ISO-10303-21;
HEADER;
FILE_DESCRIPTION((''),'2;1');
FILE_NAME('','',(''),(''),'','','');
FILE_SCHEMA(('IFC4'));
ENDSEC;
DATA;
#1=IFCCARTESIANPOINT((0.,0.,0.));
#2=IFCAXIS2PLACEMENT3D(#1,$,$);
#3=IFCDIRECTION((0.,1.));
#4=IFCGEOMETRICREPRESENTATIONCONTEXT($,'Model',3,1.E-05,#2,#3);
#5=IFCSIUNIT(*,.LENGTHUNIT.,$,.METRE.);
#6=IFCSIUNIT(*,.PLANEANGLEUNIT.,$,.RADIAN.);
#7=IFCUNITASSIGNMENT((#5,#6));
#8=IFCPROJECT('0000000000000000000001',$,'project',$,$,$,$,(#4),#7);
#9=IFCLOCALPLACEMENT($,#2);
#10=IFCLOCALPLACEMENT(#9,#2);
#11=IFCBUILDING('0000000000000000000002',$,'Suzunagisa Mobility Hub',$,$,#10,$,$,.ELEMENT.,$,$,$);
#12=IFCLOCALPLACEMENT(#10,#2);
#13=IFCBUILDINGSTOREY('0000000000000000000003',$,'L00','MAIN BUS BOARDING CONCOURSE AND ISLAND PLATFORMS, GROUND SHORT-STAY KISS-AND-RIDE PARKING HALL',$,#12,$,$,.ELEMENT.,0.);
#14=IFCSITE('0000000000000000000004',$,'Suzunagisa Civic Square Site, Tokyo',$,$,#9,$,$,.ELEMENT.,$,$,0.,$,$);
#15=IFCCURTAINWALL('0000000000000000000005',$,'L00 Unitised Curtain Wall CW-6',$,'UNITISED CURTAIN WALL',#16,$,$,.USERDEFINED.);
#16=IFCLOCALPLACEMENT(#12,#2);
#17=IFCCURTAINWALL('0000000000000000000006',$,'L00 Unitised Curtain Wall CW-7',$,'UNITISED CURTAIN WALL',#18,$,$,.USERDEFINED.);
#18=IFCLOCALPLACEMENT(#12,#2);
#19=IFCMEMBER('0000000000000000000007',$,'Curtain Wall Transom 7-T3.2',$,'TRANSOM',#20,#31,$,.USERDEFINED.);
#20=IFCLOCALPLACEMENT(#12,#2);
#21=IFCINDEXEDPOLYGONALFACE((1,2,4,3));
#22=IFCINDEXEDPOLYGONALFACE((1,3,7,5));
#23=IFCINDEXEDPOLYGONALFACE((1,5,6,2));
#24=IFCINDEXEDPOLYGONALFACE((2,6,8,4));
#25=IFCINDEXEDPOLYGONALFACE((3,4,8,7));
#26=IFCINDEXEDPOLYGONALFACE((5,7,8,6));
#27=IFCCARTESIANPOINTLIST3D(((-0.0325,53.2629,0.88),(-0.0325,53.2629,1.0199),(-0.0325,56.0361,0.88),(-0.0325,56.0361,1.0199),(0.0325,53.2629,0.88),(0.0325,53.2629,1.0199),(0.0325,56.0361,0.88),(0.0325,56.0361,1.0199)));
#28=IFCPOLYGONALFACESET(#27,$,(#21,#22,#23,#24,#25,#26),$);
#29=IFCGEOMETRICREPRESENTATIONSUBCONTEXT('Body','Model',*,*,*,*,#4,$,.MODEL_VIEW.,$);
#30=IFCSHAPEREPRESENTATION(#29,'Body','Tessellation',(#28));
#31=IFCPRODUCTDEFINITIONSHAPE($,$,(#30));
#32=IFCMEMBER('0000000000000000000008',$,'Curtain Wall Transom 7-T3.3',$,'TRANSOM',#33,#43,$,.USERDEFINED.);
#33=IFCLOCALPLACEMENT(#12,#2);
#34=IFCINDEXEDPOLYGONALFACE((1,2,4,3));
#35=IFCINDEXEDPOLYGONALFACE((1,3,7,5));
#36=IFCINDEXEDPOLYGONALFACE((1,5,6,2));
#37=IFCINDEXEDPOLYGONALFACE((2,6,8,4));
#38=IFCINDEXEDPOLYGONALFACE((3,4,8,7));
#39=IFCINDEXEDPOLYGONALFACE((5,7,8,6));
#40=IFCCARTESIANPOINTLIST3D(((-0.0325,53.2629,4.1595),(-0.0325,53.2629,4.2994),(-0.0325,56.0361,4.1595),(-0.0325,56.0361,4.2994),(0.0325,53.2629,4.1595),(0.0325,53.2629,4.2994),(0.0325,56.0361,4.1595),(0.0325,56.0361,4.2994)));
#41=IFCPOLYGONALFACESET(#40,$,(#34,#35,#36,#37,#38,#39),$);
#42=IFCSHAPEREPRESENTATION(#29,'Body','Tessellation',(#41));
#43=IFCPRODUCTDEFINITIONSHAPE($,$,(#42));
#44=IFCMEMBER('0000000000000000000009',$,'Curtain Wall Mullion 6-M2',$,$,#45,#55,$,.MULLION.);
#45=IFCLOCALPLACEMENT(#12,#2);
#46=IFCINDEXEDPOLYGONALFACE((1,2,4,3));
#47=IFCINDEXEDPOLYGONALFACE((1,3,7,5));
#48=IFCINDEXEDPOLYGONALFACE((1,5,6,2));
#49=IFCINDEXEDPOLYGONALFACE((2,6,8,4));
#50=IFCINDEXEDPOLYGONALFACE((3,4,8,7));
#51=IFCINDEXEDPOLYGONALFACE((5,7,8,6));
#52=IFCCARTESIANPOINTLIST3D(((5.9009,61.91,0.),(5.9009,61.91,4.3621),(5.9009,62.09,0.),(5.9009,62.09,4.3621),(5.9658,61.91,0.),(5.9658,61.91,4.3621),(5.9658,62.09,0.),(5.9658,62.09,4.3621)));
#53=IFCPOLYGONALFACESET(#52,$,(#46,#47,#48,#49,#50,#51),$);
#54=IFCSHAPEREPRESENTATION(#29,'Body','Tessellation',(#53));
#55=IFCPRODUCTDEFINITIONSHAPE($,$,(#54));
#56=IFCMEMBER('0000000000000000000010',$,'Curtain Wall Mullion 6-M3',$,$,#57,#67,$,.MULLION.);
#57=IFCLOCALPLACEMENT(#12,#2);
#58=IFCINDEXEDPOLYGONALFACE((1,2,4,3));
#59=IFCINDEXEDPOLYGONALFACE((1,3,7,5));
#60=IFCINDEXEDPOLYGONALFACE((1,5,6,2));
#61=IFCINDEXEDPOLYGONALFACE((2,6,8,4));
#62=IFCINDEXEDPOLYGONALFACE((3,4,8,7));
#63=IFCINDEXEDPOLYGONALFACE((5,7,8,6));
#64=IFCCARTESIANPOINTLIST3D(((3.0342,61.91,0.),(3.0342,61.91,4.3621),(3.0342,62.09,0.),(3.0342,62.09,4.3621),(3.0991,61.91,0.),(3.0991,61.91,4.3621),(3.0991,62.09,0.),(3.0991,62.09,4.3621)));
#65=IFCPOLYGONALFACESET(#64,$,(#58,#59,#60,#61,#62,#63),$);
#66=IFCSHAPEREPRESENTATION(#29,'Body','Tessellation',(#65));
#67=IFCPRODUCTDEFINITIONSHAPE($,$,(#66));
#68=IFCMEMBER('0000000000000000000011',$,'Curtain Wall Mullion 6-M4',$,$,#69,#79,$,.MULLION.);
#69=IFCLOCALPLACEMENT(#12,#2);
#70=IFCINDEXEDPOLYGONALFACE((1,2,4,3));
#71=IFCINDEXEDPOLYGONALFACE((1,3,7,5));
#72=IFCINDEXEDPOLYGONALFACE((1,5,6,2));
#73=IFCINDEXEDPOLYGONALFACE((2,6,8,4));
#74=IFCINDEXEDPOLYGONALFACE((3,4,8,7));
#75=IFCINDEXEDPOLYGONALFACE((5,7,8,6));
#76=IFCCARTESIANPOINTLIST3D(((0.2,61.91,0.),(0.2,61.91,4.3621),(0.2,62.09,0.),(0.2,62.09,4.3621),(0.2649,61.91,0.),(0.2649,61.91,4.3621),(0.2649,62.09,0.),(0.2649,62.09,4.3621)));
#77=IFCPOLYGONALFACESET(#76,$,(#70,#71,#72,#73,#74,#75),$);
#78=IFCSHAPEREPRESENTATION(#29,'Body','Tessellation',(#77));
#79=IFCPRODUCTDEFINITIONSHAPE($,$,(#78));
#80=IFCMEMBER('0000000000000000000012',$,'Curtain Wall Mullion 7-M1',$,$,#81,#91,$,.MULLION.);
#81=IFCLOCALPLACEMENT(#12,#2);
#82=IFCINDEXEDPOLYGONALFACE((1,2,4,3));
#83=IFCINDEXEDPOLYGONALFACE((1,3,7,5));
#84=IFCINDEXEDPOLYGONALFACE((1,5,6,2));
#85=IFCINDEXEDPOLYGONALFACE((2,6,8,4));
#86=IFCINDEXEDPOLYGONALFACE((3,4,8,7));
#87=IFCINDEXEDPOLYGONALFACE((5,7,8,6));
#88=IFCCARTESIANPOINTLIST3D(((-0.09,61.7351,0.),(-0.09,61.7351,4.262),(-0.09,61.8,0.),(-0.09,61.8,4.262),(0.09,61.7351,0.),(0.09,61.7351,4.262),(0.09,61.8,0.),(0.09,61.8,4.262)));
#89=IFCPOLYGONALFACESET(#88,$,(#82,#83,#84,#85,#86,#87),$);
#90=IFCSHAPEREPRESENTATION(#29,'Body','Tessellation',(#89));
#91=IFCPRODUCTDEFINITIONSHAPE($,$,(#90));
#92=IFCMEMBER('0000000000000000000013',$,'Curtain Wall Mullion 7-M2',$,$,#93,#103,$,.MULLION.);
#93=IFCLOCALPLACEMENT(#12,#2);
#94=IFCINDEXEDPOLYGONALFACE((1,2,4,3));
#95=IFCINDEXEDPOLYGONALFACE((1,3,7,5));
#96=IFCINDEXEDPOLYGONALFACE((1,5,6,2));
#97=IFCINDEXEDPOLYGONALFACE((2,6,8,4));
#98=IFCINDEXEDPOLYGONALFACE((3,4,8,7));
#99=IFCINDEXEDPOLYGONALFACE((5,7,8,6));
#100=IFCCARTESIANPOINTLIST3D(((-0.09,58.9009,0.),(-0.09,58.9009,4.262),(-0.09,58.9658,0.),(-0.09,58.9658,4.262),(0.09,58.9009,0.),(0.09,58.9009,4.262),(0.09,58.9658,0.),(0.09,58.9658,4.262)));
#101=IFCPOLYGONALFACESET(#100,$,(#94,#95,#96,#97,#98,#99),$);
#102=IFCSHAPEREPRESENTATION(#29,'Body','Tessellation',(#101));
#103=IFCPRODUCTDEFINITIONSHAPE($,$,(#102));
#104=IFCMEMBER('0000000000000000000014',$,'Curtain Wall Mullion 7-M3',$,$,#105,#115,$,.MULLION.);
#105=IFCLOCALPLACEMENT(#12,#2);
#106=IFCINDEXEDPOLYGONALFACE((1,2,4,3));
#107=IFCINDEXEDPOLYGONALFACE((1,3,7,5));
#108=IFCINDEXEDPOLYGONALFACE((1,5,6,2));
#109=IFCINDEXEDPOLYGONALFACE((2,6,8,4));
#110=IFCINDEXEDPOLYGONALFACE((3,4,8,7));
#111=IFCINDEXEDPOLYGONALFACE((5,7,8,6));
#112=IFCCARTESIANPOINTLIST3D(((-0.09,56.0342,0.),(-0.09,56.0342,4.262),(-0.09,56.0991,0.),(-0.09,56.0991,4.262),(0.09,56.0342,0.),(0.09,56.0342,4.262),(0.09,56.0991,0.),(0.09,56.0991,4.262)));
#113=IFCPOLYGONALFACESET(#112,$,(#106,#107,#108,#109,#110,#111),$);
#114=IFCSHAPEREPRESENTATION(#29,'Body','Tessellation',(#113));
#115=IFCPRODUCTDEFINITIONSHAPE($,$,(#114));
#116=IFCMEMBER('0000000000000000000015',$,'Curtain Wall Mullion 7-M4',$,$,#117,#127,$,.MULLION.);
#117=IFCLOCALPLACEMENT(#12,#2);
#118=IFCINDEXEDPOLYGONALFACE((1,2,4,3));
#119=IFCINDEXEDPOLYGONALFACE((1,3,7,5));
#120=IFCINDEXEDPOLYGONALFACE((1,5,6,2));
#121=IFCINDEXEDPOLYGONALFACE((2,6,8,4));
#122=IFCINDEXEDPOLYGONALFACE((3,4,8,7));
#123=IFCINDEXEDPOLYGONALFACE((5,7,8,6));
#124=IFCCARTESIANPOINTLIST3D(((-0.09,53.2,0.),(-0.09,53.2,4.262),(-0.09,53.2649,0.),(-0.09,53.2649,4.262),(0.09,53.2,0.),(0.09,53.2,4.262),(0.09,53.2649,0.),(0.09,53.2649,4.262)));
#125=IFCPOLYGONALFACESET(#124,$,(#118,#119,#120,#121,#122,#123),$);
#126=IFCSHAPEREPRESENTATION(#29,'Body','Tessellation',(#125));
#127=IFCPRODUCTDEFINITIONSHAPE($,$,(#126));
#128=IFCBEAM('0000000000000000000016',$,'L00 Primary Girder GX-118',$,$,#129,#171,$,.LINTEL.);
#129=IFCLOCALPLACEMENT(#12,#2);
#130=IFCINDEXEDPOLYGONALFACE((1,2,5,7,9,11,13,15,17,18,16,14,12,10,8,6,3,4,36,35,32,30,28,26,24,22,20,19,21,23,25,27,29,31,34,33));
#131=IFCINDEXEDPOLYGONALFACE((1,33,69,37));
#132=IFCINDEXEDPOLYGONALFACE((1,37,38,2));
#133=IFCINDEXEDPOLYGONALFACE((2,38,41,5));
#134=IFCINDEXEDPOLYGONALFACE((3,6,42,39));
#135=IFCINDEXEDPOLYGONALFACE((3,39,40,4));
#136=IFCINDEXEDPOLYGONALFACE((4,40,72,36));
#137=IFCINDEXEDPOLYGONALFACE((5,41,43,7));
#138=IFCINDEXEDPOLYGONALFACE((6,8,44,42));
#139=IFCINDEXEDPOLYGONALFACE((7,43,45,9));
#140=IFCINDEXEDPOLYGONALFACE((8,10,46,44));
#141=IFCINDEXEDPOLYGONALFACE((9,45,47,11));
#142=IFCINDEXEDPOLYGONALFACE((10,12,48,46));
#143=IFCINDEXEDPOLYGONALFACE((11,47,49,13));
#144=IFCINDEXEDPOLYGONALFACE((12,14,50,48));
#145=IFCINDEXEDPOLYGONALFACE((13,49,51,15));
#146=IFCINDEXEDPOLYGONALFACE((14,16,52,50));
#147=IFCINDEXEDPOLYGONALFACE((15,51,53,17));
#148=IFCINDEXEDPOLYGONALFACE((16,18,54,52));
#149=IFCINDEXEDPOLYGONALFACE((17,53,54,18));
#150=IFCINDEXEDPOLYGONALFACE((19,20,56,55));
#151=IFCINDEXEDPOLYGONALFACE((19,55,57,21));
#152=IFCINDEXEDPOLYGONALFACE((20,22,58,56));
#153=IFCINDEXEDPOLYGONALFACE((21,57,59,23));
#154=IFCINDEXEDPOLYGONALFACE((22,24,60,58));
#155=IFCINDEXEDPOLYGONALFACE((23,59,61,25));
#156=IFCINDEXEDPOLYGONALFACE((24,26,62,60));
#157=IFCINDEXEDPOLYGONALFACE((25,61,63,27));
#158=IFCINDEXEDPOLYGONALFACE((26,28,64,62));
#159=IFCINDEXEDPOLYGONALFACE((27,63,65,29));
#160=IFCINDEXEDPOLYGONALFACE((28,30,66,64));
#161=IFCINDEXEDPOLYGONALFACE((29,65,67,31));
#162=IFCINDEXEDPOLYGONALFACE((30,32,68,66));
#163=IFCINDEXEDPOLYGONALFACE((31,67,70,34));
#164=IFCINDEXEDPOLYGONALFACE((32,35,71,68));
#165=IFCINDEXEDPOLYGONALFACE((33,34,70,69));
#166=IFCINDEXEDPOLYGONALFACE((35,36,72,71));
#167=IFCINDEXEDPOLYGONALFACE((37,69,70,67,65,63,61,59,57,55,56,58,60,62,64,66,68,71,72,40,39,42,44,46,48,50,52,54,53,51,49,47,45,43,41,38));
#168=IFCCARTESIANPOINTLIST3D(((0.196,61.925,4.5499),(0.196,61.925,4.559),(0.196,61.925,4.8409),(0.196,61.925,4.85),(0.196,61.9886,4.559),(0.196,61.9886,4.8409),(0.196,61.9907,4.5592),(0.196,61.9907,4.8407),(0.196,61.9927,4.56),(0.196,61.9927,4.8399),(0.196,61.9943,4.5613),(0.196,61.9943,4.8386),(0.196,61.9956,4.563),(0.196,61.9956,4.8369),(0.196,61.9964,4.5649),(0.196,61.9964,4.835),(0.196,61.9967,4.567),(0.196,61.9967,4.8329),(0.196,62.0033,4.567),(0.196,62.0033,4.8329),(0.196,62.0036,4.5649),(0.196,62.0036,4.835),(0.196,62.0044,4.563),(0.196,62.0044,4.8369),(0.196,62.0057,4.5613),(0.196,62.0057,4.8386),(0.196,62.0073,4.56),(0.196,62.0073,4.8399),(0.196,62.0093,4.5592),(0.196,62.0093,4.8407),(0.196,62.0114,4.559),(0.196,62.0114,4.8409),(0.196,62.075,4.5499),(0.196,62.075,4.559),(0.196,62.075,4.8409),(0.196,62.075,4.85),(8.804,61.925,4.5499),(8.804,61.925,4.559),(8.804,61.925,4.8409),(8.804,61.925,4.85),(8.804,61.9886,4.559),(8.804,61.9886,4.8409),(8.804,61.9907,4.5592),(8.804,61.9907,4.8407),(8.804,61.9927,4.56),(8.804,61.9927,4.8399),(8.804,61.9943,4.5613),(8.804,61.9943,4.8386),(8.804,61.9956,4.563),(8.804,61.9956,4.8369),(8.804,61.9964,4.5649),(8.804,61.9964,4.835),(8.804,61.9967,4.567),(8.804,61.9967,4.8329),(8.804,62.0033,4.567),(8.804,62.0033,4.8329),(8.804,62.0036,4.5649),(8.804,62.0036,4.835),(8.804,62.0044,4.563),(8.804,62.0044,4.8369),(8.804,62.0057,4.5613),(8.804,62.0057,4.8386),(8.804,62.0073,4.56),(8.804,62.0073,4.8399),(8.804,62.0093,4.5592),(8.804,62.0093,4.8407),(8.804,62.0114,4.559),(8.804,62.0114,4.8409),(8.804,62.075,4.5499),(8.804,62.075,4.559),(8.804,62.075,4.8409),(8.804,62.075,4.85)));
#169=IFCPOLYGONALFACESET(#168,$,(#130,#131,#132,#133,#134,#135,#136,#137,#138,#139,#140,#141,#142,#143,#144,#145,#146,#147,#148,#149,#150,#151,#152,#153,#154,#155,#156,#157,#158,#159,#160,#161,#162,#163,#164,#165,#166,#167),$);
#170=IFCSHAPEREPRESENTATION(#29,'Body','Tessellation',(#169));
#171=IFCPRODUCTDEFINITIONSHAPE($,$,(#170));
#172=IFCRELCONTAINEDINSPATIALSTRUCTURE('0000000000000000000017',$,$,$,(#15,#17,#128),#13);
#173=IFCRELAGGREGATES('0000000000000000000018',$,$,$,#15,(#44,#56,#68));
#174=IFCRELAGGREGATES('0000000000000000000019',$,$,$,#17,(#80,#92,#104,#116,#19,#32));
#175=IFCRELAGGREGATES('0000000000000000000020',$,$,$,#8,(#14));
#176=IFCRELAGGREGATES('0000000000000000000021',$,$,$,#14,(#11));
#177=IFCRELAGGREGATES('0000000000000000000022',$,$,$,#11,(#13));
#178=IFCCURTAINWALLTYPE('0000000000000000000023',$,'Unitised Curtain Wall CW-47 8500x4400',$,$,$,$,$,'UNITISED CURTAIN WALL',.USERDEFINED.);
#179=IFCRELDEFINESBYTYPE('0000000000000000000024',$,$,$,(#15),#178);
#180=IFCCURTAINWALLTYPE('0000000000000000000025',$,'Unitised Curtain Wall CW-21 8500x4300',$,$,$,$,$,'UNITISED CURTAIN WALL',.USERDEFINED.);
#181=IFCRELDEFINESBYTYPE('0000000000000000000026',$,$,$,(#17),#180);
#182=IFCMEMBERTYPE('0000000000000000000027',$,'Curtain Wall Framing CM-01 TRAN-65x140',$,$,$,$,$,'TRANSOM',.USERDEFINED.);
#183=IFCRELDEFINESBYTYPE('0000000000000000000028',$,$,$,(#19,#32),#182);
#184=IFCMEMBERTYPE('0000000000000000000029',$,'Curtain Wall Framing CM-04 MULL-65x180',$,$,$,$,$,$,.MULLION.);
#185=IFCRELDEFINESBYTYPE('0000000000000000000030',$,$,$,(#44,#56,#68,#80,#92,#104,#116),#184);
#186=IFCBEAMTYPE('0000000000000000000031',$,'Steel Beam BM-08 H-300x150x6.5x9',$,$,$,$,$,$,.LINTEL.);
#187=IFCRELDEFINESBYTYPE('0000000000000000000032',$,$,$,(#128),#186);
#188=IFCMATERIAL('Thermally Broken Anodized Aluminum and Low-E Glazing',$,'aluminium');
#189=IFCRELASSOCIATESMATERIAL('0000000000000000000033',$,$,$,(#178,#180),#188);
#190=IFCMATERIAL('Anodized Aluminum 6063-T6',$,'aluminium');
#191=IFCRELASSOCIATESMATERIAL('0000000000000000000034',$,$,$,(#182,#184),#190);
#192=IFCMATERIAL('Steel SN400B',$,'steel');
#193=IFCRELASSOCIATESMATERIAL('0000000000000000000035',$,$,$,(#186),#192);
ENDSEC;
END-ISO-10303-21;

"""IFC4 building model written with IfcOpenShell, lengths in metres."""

from ifc_helpers import new_model, si_unit, direction, frame, origin, origin_2d, place, context, subcontext, project, spatial, rectangle, i_section, extrude, material, material_profile, profile_set, type_object, element, aggregate, save


model = new_model("IFC4")

# Units and contexts
model_context = context("Model", 3, precision=1e-05, world=origin(), true_north=direction((0.0, 1.0)))
body_context = subcontext(model_context, "Body", "Model", "MODEL_VIEW")
ifc_project = project(units=[si_unit("LENGTHUNIT", "METRE"), si_unit("PLANEANGLEUNIT", "RADIAN")], contexts=[model_context])

# Site, building, storey
site_placement = place(None, origin())
site = spatial("IfcSite", under=ifc_project, at=site_placement, Name="Suzunagisa Civic Square Site, Tokyo", CompositionType="ELEMENT", RefElevation=0.0)
building_placement = place(site_placement, origin())
building = spatial("IfcBuilding", under=site, at=building_placement, Name="Suzunagisa Mobility Hub", CompositionType="ELEMENT")
storey_placement = place(building_placement, origin())
storey = spatial("IfcBuildingStorey", under=building, at=storey_placement, Name="L00", Description="MAIN BUS BOARDING CONCOURSE AND ISLAND PLATFORMS, GROUND SHORT-STAY KISS-AND-RIDE PARKING HALL", CompositionType="ELEMENT", Elevation=0.0)

# Curtain walls, members
ifc_material_1 = material(Name="Thermally Broken Anodized Aluminum and Low-E Glazing", Category="aluminium")
curtain_wall_type_1 = type_object("IfcCurtainWallType", Name="Unitised Curtain Wall CW-47 8500x4400", ElementType="UNITISED CURTAIN WALL", PredefinedType="USERDEFINED", material=ifc_material_1)
curtain_wall_1_placement = place(storey_placement, origin())
curtain_wall_1 = element("IfcCurtainWall", 1, at=curtain_wall_1_placement, inside=storey, type_object=curtain_wall_type_1, Name="L00 Unitised Curtain Wall CW-6", ObjectType="UNITISED CURTAIN WALL", PredefinedType="USERDEFINED")
ifc_material_2 = material(Name="Anodized Aluminum 6063-T6", Category="aluminium")
ifc_material_profile_1 = material_profile(ifc_material_2, rectangle(XDim=0.0649, YDim=0.1399, at=origin_2d()), Name="TRAN-65x140")
ifc_profile_set_1 = profile_set([ifc_material_profile_1], Name="Anodized Aluminum 6063-T6")
member_type_1 = type_object("IfcMemberType", Name="Curtain Wall Framing CM-01 TRAN-65x140", ElementType="TRANSOM", PredefinedType="USERDEFINED", material=ifc_profile_set_1)
curtain_wall_type_2 = type_object("IfcCurtainWallType", Name="Unitised Curtain Wall CW-21 8500x4300", ElementType="UNITISED CURTAIN WALL", PredefinedType="USERDEFINED", material=ifc_material_1)
curtain_wall_2_placement = place(storey_placement, origin())
curtain_wall_2 = element("IfcCurtainWall", 2, at=curtain_wall_2_placement, inside=storey, type_object=curtain_wall_type_2, Name="L00 Unitised Curtain Wall CW-7", ObjectType="UNITISED CURTAIN WALL", PredefinedType="USERDEFINED")
member_1_placement = place(storey_placement, frame((0.0, 56.0361, 0.95), z_axis=(0.0, -1.0, 0.0), x_axis=(1.0, 0.0, 0.0)))
member_1 = element("IfcMember", 3, at=member_1_placement, type_object=member_type_1, Name="Curtain Wall Transom 7-T3.2", ObjectType="TRANSOM", PredefinedType="USERDEFINED", context=body_context, shape_type="SweptSolid", body=[
    extrude(rectangle(XDim=0.0649, YDim=0.1399, at=origin_2d()), origin(), (0.0, 0.0, 1.0), 2.7732),
])
member_2_placement = place(storey_placement, frame((0.0, 56.0361, 4.2295), z_axis=(0.0, -1.0, 0.0), x_axis=(1.0, 0.0, 0.0)))
member_2 = element("IfcMember", 4, at=member_2_placement, type_object=member_type_1, Name="Curtain Wall Transom 7-T3.3", ObjectType="TRANSOM", PredefinedType="USERDEFINED", context=body_context, shape_type="SweptSolid", body=[
    extrude(rectangle(XDim=0.0649, YDim=0.1399, at=origin_2d()), origin(), (0.0, 0.0, 1.0), 2.7732),
])

# Members
ifc_material_profile_2 = material_profile(ifc_material_2, rectangle(XDim=0.0649, YDim=0.1799, at=origin_2d()), Name="MULL-65x180")
ifc_profile_set_2 = profile_set([ifc_material_profile_2], Name="Anodized Aluminum 6063-T6")
member_type_2 = type_object("IfcMemberType", Name="Curtain Wall Framing CM-04 MULL-65x180", PredefinedType="MULLION", material=ifc_profile_set_2)
member_3_placement = place(storey_placement, frame((5.9333, 62.0, 0.0), z_axis=(0.0, 0.0, 1.0), x_axis=(-1.0, 0.0, 0.0)))
member_3 = element("IfcMember", 5, at=member_3_placement, type_object=member_type_2, Name="Curtain Wall Mullion 6-M2", PredefinedType="MULLION", context=body_context, shape_type="SweptSolid", body=[
    extrude(rectangle(XDim=0.0649, YDim=0.1799, at=origin_2d()), origin(), (0.0, 0.0, 1.0), 4.3621),
])
member_4_placement = place(storey_placement, frame((3.0667, 62.0, 0.0), z_axis=(0.0, 0.0, 1.0), x_axis=(-1.0, 0.0, 0.0)))
member_4 = element("IfcMember", 6, at=member_4_placement, type_object=member_type_2, Name="Curtain Wall Mullion 6-M3", PredefinedType="MULLION", context=body_context, shape_type="SweptSolid", body=[
    extrude(rectangle(XDim=0.0649, YDim=0.1799, at=origin_2d()), origin(), (0.0, 0.0, 1.0), 4.3621),
])
member_5_placement = place(storey_placement, frame((0.2324, 62.0, 0.0), z_axis=(0.0, 0.0, 1.0), x_axis=(-1.0, 0.0, 0.0)))
member_5 = element("IfcMember", 7, at=member_5_placement, type_object=member_type_2, Name="Curtain Wall Mullion 6-M4", PredefinedType="MULLION", context=body_context, shape_type="SweptSolid", body=[
    extrude(rectangle(XDim=0.0649, YDim=0.1799, at=origin_2d()), origin(), (0.0, 0.0, 1.0), 4.3621),
])
member_6_placement = place(storey_placement, frame((0.0, 61.7676, 0.0), z_axis=(0.0, 0.0, 1.0), x_axis=(0.0, -1.0, 0.0)))
member_6 = element("IfcMember", 8, at=member_6_placement, type_object=member_type_2, Name="Curtain Wall Mullion 7-M1", PredefinedType="MULLION", context=body_context, shape_type="SweptSolid", body=[
    extrude(rectangle(XDim=0.0649, YDim=0.1799, at=origin_2d()), origin(), (0.0, 0.0, 1.0), 4.262),
])
member_7_placement = place(storey_placement, frame((0.0, 58.9333, 0.0), z_axis=(0.0, 0.0, 1.0), x_axis=(0.0, -1.0, 0.0)))
member_7 = element("IfcMember", 9, at=member_7_placement, type_object=member_type_2, Name="Curtain Wall Mullion 7-M2", PredefinedType="MULLION", context=body_context, shape_type="SweptSolid", body=[
    extrude(rectangle(XDim=0.0649, YDim=0.1799, at=origin_2d()), origin(), (0.0, 0.0, 1.0), 4.262),
])
member_8_placement = place(storey_placement, frame((0.0, 56.0667, 0.0), z_axis=(0.0, 0.0, 1.0), x_axis=(0.0, -1.0, 0.0)))
member_8 = element("IfcMember", 10, at=member_8_placement, type_object=member_type_2, Name="Curtain Wall Mullion 7-M3", PredefinedType="MULLION", context=body_context, shape_type="SweptSolid", body=[
    extrude(rectangle(XDim=0.0649, YDim=0.1799, at=origin_2d()), origin(), (0.0, 0.0, 1.0), 4.262),
])
member_9_placement = place(storey_placement, frame((0.0, 53.2324, 0.0), z_axis=(0.0, 0.0, 1.0), x_axis=(0.0, -1.0, 0.0)))
member_9 = element("IfcMember", 11, at=member_9_placement, type_object=member_type_2, Name="Curtain Wall Mullion 7-M4", PredefinedType="MULLION", context=body_context, shape_type="SweptSolid", body=[
    extrude(rectangle(XDim=0.0649, YDim=0.1799, at=origin_2d()), origin(), (0.0, 0.0, 1.0), 4.262),
])

# Beam
ifc_material_3 = material(Name="Steel SN400B", Category="steel")
ifc_material_profile_3 = material_profile(ifc_material_3, i_section(OverallWidth=0.1499, OverallDepth=0.3, WebThickness=0.0066, FlangeThickness=0.009, FilletRadius=0.0081, at=origin_2d()), Name="H-300x150x6.5x9")
ifc_profile_set_3 = profile_set([ifc_material_profile_3], Name="Steel SN400B")
beam_type_1 = type_object("IfcBeamType", Name="Steel Beam BM-08 H-300x150x6.5x9", PredefinedType="LINTEL", material=ifc_profile_set_3)
beam_1_placement = place(storey_placement, frame((0.196, 62.0, 4.7), z_axis=(1.0, 0.0, 0.0), x_axis=(0.0, 1.0, 0.0)))
element("IfcBeam", 12, at=beam_1_placement, inside=storey, type_object=beam_type_1, Name="L00 Primary Girder GX-118", PredefinedType="LINTEL", context=body_context, shape_type="SweptSolid", body=[
    extrude(i_section(OverallWidth=0.1499, OverallDepth=0.3, WebThickness=0.0066, FlangeThickness=0.009, FilletRadius=0.0081, at=origin_2d()), origin(), (0.0, 0.0, 1.0), 8.6079),
])

aggregate(curtain_wall_1, [member_3, member_4, member_5])
aggregate(curtain_wall_2, [member_6, member_7, member_8, member_9, member_1, member_2])

save(model, "model.ifc")
